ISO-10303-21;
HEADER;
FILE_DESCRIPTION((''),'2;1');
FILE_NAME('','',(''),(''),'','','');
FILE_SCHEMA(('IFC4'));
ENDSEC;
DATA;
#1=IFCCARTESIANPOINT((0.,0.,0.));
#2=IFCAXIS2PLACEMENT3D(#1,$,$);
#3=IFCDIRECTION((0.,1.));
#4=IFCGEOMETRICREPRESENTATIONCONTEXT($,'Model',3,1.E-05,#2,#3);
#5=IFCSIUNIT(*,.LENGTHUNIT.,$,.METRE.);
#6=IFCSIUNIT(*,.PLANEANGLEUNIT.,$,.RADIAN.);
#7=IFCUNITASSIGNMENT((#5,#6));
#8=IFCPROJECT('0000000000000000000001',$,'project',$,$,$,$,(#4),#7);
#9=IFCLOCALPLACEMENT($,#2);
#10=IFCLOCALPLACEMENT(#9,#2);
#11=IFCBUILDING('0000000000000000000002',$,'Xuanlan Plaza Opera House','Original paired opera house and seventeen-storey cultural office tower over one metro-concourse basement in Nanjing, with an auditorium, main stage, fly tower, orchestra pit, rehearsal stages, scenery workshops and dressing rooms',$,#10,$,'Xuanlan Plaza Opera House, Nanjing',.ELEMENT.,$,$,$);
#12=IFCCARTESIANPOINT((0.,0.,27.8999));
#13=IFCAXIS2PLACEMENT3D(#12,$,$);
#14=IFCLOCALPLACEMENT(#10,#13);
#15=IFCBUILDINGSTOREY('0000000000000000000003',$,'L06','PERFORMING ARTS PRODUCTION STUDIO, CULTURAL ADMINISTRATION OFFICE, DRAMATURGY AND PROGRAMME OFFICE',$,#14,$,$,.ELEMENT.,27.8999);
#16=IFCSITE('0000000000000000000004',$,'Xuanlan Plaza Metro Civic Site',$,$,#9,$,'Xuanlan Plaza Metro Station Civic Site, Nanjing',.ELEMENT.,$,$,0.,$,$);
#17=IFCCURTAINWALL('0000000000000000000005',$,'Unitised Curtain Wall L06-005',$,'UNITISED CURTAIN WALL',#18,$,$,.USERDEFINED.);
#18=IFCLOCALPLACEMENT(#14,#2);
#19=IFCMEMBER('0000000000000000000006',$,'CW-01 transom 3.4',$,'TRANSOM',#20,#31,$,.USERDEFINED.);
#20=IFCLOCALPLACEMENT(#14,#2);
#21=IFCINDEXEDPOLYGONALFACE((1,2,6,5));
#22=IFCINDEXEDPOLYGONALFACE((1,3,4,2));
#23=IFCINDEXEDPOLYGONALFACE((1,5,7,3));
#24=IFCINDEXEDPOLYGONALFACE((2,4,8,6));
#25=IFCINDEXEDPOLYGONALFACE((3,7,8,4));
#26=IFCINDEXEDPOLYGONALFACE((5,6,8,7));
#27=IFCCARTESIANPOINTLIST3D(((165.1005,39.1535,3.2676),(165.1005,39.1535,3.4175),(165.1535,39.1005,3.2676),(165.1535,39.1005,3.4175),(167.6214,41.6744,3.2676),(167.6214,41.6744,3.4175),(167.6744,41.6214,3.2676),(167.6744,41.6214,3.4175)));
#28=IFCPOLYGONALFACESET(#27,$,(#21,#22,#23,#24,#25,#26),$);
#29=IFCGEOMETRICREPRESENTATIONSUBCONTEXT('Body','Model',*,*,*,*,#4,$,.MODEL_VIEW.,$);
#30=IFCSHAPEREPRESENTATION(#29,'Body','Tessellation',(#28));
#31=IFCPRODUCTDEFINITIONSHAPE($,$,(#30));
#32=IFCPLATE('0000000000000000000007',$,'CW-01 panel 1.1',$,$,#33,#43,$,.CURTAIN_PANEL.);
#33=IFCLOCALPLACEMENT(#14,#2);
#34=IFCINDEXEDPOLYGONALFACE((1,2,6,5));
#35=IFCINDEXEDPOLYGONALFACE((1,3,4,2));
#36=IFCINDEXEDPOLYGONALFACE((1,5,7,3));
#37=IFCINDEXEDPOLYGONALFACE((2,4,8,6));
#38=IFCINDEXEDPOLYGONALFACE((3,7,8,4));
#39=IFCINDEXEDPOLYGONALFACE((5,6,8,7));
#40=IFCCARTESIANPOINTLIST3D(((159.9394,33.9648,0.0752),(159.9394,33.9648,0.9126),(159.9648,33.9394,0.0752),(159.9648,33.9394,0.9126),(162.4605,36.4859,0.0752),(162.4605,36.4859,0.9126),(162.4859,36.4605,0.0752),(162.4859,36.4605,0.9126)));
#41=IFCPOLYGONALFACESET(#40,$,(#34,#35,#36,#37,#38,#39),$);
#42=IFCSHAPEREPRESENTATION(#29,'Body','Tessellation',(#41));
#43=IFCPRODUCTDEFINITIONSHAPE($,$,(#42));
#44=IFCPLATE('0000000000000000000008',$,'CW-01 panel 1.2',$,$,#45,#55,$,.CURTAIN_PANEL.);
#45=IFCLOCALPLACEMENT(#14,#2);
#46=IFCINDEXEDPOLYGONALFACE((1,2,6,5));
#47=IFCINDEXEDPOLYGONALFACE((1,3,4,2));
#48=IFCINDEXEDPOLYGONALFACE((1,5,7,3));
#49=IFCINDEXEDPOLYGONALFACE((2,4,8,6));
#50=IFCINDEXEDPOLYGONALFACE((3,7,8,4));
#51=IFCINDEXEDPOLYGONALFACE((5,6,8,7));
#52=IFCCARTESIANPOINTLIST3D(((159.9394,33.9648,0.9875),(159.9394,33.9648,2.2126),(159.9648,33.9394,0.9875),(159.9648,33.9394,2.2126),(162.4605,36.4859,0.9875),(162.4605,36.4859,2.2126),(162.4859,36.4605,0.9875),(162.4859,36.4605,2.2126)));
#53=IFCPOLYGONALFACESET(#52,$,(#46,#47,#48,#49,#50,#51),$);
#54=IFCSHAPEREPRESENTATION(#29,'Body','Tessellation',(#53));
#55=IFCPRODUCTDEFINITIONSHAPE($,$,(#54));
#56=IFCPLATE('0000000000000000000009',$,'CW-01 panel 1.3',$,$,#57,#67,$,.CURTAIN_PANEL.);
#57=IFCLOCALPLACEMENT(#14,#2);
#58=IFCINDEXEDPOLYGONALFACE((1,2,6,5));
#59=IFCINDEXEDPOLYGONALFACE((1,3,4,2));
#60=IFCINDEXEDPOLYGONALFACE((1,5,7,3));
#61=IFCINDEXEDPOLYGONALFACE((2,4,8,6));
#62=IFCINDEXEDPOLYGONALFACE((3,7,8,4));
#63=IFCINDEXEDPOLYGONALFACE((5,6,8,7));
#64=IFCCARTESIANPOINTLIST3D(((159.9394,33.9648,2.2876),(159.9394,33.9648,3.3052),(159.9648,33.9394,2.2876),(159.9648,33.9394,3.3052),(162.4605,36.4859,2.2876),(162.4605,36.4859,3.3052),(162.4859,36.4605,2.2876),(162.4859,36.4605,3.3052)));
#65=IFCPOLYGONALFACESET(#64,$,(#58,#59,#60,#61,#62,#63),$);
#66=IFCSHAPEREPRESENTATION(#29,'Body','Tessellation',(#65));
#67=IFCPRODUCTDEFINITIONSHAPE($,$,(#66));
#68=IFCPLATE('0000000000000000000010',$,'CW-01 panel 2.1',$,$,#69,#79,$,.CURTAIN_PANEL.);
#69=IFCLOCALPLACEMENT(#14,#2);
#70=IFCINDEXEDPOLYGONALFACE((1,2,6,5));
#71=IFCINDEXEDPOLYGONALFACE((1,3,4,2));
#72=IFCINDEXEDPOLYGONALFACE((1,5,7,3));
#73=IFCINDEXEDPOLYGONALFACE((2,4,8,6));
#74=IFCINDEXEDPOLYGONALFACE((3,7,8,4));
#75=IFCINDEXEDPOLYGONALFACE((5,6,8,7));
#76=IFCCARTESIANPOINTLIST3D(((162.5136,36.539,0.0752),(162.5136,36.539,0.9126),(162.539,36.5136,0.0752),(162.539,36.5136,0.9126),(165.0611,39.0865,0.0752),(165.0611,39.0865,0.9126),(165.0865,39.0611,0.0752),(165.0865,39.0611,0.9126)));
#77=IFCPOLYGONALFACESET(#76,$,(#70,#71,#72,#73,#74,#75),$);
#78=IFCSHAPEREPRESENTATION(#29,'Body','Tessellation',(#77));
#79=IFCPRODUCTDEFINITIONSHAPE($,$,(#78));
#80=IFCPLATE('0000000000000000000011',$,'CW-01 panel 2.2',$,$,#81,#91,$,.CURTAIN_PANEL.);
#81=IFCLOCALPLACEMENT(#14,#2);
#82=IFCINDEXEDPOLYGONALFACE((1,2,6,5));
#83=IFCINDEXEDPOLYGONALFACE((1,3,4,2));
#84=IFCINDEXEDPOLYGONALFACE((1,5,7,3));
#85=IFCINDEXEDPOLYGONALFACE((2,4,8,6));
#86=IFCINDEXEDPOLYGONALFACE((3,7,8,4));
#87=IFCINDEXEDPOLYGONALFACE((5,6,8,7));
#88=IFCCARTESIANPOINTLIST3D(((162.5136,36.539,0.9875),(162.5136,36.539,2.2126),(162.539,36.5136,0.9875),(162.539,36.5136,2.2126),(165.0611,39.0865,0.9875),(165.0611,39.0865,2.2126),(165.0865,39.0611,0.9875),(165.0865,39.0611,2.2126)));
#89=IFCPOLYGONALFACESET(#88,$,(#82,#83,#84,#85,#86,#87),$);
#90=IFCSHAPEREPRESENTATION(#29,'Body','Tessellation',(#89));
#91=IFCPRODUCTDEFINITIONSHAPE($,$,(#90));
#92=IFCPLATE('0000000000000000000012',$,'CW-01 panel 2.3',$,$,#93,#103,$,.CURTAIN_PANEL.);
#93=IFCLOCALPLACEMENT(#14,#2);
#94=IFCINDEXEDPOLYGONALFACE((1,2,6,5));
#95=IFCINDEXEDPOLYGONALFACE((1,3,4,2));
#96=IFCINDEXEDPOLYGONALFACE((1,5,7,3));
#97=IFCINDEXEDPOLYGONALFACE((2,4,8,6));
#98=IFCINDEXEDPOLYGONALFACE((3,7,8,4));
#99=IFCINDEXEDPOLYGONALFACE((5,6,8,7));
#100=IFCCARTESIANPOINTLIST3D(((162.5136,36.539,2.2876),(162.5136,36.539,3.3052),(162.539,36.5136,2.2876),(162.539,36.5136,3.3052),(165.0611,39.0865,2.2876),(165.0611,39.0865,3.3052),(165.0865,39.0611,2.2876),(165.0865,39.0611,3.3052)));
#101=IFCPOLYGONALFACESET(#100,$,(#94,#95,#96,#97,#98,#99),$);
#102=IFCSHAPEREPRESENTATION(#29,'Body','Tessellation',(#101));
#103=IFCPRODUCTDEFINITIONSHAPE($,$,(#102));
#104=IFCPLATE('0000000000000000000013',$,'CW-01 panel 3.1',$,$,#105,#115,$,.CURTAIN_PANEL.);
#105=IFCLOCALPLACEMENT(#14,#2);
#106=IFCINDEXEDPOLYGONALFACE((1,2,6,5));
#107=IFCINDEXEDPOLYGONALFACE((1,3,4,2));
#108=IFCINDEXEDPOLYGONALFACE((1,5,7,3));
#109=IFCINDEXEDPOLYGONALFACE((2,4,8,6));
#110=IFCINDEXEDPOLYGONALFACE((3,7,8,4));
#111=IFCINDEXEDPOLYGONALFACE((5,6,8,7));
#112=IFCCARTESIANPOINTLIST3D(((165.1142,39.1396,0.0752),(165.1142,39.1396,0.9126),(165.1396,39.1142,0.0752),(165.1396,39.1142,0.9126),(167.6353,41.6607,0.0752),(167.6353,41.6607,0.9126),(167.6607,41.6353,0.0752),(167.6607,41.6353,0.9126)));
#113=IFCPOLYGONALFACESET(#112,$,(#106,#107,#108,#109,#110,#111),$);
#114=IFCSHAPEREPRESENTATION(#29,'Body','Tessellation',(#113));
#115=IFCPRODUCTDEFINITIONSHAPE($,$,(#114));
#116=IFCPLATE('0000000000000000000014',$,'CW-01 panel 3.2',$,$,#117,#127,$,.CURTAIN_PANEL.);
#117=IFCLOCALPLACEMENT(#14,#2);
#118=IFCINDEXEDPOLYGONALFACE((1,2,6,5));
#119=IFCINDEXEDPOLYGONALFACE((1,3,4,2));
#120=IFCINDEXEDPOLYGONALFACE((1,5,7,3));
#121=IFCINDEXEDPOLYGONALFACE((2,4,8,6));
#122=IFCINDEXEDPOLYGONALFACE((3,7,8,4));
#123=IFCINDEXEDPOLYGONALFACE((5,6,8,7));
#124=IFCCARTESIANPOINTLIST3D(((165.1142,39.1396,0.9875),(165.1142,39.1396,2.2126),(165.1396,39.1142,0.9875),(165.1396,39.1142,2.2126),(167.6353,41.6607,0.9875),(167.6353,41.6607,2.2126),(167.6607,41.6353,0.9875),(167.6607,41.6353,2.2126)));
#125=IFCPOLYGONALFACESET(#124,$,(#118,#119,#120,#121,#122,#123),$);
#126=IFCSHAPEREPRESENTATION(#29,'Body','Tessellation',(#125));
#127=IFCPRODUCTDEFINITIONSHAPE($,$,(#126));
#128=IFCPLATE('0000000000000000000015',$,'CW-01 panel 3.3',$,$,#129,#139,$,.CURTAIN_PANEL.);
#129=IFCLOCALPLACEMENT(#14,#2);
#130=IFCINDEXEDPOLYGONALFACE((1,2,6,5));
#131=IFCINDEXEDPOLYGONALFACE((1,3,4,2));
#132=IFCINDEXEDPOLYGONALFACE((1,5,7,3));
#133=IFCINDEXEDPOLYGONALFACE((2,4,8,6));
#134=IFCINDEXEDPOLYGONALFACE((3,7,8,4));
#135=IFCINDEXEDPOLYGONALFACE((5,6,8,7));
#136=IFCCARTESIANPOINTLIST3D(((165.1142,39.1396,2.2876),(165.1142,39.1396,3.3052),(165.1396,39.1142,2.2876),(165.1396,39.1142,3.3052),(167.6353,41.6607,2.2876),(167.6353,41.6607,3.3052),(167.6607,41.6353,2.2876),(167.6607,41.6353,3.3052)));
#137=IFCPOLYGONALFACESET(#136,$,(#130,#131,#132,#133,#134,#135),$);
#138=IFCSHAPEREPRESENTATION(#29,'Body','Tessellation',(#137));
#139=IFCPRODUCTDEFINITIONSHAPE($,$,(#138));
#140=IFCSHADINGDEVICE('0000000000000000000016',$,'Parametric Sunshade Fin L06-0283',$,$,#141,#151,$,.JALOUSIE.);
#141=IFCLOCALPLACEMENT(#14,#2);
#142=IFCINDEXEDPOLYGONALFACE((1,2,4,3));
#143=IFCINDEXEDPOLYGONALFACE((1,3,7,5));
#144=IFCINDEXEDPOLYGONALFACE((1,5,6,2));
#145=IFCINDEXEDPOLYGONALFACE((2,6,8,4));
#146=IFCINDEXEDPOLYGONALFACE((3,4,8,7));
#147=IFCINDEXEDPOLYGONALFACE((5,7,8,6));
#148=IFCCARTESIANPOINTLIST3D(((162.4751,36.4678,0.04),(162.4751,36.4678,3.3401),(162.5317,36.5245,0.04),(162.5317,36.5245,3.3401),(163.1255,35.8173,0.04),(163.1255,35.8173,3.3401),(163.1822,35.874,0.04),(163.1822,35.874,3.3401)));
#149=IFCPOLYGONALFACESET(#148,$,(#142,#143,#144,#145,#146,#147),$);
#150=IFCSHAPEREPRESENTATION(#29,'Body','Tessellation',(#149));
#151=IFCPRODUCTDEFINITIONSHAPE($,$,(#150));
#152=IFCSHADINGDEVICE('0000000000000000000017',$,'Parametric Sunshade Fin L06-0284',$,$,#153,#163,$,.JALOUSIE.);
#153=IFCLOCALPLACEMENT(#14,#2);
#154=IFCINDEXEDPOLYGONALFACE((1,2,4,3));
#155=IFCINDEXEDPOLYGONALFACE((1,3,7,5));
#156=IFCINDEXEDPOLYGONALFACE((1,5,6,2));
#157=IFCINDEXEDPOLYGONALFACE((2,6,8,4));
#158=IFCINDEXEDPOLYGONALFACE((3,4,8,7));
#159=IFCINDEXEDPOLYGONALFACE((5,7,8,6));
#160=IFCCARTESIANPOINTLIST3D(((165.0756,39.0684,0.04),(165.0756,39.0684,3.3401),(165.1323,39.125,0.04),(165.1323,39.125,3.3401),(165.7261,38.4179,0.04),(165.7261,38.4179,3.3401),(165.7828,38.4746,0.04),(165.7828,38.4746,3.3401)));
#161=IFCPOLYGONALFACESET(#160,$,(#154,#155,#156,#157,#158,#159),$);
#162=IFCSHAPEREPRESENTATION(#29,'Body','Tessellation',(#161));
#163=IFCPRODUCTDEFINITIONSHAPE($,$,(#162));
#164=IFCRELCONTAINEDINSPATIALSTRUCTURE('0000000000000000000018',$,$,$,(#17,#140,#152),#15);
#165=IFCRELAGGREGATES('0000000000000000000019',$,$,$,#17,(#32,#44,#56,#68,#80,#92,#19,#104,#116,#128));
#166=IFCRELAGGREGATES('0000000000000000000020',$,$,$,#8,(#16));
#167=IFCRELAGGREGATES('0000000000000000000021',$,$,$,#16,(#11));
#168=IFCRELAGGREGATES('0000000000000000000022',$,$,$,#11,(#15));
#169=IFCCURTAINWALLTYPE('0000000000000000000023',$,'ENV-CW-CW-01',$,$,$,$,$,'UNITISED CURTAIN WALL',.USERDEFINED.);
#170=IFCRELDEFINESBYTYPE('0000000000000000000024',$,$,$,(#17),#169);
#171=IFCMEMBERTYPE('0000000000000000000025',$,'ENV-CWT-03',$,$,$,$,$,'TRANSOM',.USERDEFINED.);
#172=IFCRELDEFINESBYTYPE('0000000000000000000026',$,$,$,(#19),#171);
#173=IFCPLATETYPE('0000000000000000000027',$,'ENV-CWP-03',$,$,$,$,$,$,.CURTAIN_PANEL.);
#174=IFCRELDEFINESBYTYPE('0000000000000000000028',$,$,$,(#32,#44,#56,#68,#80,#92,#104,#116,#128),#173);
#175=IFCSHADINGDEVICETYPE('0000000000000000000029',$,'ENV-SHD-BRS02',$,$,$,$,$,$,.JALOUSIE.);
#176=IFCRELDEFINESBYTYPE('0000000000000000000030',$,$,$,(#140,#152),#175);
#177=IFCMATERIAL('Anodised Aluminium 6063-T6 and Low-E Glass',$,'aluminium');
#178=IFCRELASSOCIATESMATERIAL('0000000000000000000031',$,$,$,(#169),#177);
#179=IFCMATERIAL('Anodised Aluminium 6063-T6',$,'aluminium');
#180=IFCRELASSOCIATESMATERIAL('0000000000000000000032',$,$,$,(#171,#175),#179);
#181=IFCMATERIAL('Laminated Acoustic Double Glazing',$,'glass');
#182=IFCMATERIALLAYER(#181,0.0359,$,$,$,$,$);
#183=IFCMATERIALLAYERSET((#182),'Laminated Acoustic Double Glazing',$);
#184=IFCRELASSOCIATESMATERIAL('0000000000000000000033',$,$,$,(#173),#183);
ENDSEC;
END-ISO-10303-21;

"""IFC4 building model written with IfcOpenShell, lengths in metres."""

from ifc_helpers import new_model, si_unit, direction, frame, origin, origin_2d, place, context, subcontext, project, spatial, rectangle, extrude, material, layer, layer_set, material_profile, profile_set, type_object, element, aggregate, save


model = new_model("IFC4")

# Units and contexts
model_context = context("Model", 3, precision=1e-05, world=origin(), true_north=direction((0.0, 1.0)))
body_context = subcontext(model_context, "Body", "Model", "MODEL_VIEW")
ifc_project = project(units=[si_unit("LENGTHUNIT", "METRE"), si_unit("PLANEANGLEUNIT", "RADIAN")], contexts=[model_context])

# Site, building, storey
site_placement = place(None, origin())
site = spatial("IfcSite", under=ifc_project, at=site_placement, Name="Xuanlan Plaza Metro Civic Site", LongName="Xuanlan Plaza Metro Station Civic Site, Nanjing", CompositionType="ELEMENT", RefElevation=0.0)
building_placement = place(site_placement, origin())
building = spatial("IfcBuilding", under=site, at=building_placement, Name="Xuanlan Plaza Opera House", Description="Original paired opera house and seventeen-storey cultural office tower over one metro-concourse basement in Nanjing, with an auditorium, main stage, fly tower, orchestra pit, rehearsal stages, scenery workshops and dressing rooms", LongName="Xuanlan Plaza Opera House, Nanjing", CompositionType="ELEMENT")
storey_placement = place(building_placement, frame((0.0, 0.0, 27.8999)))
storey = spatial("IfcBuildingStorey", under=building, at=storey_placement, Name="L06", Description="PERFORMING ARTS PRODUCTION STUDIO, CULTURAL ADMINISTRATION OFFICE, DRAMATURGY AND PROGRAMME OFFICE", CompositionType="ELEMENT", Elevation=27.8999)

# Curtain wall, member, plates
ifc_material_1 = material(Name="Anodised Aluminium 6063-T6 and Low-E Glass", Category="aluminium")
curtain_wall_type = type_object("IfcCurtainWallType", Name="ENV-CW-CW-01", ElementType="UNITISED CURTAIN WALL", PredefinedType="USERDEFINED", material=ifc_material_1)
curtain_wall_placement = place(storey_placement, origin())
curtain_wall = element("IfcCurtainWall", 1, at=curtain_wall_placement, inside=storey, type_object=curtain_wall_type, Name="Unitised Curtain Wall L06-005", ObjectType="UNITISED CURTAIN WALL", PredefinedType="USERDEFINED")
ifc_material_2 = material(Name="Anodised Aluminium 6063-T6", Category="aluminium")
ifc_material_profile_1 = material_profile(ifc_material_2, rectangle(XDim=0.075, YDim=0.1499, at=origin_2d()), Name="ALU-T 75x150")
ifc_profile_set_1 = profile_set([ifc_material_profile_1], Name="Anodised Aluminium 6063-T6")
member_type_1 = type_object("IfcMemberType", Name="ENV-CWT-03", ElementType="TRANSOM", PredefinedType="USERDEFINED", material=ifc_profile_set_1)
member_1_placement = place(storey_placement, frame((165.127, 39.127, 3.3425), z_axis=(0.707107, 0.707107, 0.0), x_axis=(-0.707107, 0.707107, 0.0)))
member_1 = element("IfcMember", 2, at=member_1_placement, type_object=member_type_1, Name="CW-01 transom 3.4", ObjectType="TRANSOM", PredefinedType="USERDEFINED", context=body_context, shape_type="SweptSolid", body=[
    extrude(rectangle(XDim=0.075, YDim=0.1499, at=origin_2d()), origin(), (0.0, 0.0, 1.0), 3.5652),
])
ifc_material_3 = material(Name="Laminated Acoustic Double Glazing", Category="glass")
ifc_layer = layer(ifc_material_3, 0.0359)
ifc_layer_set = layer_set([ifc_layer], Name="Laminated Acoustic Double Glazing")
plate_type = type_object("IfcPlateType", Name="ENV-CWP-03", PredefinedType="CURTAIN_PANEL", material=ifc_layer_set)
plate_1_placement = place(storey_placement, frame((161.2126, 35.2126, 0.0752), z_axis=(0.0, 0.0, 1.0), x_axis=(0.707107, 0.707107, 0.0)))
plate_1 = element("IfcPlate", 3, at=plate_1_placement, type_object=plate_type, Name="CW-01 panel 1.1", PredefinedType="CURTAIN_PANEL", context=body_context, shape_type="SweptSolid", body=[
    extrude(rectangle(XDim=3.5654, YDim=0.0359, at=origin_2d()), origin(), (0.0, 0.0, 1.0), 0.8374),
])
plate_2_placement = place(storey_placement, frame((161.2126, 35.2126, 0.9875), z_axis=(0.0, 0.0, 1.0), x_axis=(0.707107, 0.707107, 0.0)))
plate_2 = element("IfcPlate", 4, at=plate_2_placement, type_object=plate_type, Name="CW-01 panel 1.2", PredefinedType="CURTAIN_PANEL", context=body_context, shape_type="SweptSolid", body=[
    extrude(rectangle(XDim=3.5654, YDim=0.0359, at=origin_2d()), origin(), (0.0, 0.0, 1.0), 1.2251),
])
plate_3_placement = place(storey_placement, frame((161.2126, 35.2126, 2.2876), z_axis=(0.0, 0.0, 1.0), x_axis=(0.707107, 0.707107, 0.0)))
plate_3 = element("IfcPlate", 5, at=plate_3_placement, type_object=plate_type, Name="CW-01 panel 1.3", PredefinedType="CURTAIN_PANEL", context=body_context, shape_type="SweptSolid", body=[
    extrude(rectangle(XDim=3.5654, YDim=0.0359, at=origin_2d()), origin(), (0.0, 0.0, 1.0), 1.0176),
])
plate_4_placement = place(storey_placement, frame((163.8, 37.8, 0.0752), z_axis=(0.0, 0.0, 1.0), x_axis=(0.707107, 0.707107, 0.0)))
plate_4 = element("IfcPlate", 6, at=plate_4_placement, type_object=plate_type, Name="CW-01 panel 2.1", PredefinedType="CURTAIN_PANEL", context=body_context, shape_type="SweptSolid", body=[
    extrude(rectangle(XDim=3.6028, YDim=0.0359, at=origin_2d()), origin(), (0.0, 0.0, 1.0), 0.8374),
])
plate_5_placement = place(storey_placement, frame((163.8, 37.8, 0.9875), z_axis=(0.0, 0.0, 1.0), x_axis=(0.707107, 0.707107, 0.0)))
plate_5 = element("IfcPlate", 7, at=plate_5_placement, type_object=plate_type, Name="CW-01 panel 2.2", PredefinedType="CURTAIN_PANEL", context=body_context, shape_type="SweptSolid", body=[
    extrude(rectangle(XDim=3.6028, YDim=0.0359, at=origin_2d()), origin(), (0.0, 0.0, 1.0), 1.2251),
])
plate_6_placement = place(storey_placement, frame((163.8, 37.8, 2.2876), z_axis=(0.0, 0.0, 1.0), x_axis=(0.707107, 0.707107, 0.0)))
plate_6 = element("IfcPlate", 8, at=plate_6_placement, type_object=plate_type, Name="CW-01 panel 2.3", PredefinedType="CURTAIN_PANEL", context=body_context, shape_type="SweptSolid", body=[
    extrude(rectangle(XDim=3.6028, YDim=0.0359, at=origin_2d()), origin(), (0.0, 0.0, 1.0), 1.0176),
])
plate_7_placement = place(storey_placement, frame((166.3875, 40.3875, 0.0752), z_axis=(0.0, 0.0, 1.0), x_axis=(0.707107, 0.707107, 0.0)))
plate_7 = element("IfcPlate", 9, at=plate_7_placement, type_object=plate_type, Name="CW-01 panel 3.1", PredefinedType="CURTAIN_PANEL", context=body_context, shape_type="SweptSolid", body=[
    extrude(rectangle(XDim=3.5654, YDim=0.0359, at=origin_2d()), origin(), (0.0, 0.0, 1.0), 0.8374),
])
plate_8_placement = place(storey_placement, frame((166.3875, 40.3875, 0.9875), z_axis=(0.0, 0.0, 1.0), x_axis=(0.707107, 0.707107, 0.0)))
plate_8 = element("IfcPlate", 10, at=plate_8_placement, type_object=plate_type, Name="CW-01 panel 3.2", PredefinedType="CURTAIN_PANEL", context=body_context, shape_type="SweptSolid", body=[
    extrude(rectangle(XDim=3.5654, YDim=0.0359, at=origin_2d()), origin(), (0.0, 0.0, 1.0), 1.2251),
])
plate_9_placement = place(storey_placement, frame((166.3875, 40.3875, 2.2876), z_axis=(0.0, 0.0, 1.0), x_axis=(0.707107, 0.707107, 0.0)))
plate_9 = element("IfcPlate", 11, at=plate_9_placement, type_object=plate_type, Name="CW-01 panel 3.3", PredefinedType="CURTAIN_PANEL", context=body_context, shape_type="SweptSolid", body=[
    extrude(rectangle(XDim=3.5654, YDim=0.0359, at=origin_2d()), origin(), (0.0, 0.0, 1.0), 1.0176),
])
aggregate(curtain_wall, [plate_1, plate_2, plate_3, plate_4, plate_5, plate_6, member_1, plate_7, plate_8, plate_9])

# Shading devices
shading_device_type = type_object("IfcShadingDeviceType", Name="ENV-SHD-BRS02", PredefinedType="JALOUSIE", material=ifc_material_2)
for number, where, z_axis, x_axis, name in (
    (12, (162.8286, 36.1709, 0.04), (0.0, 0.0, 1.0), (0.707107, -0.707107, 0.0), "Parametric Sunshade Fin L06-0283"),
    (13, (165.4292, 38.7715, 0.04), (0.0, 0.0, 1.0), (0.707107, -0.707107, 0.0), "Parametric Sunshade Fin L06-0284"),
):
    element("IfcShadingDevice", number, at=place(storey_placement, frame(where, z_axis=z_axis, x_axis=x_axis)), inside=storey, type_object=shading_device_type, Name=name, PredefinedType="JALOUSIE", context=body_context, shape_type="SweptSolid", body=[
        extrude(rectangle(XDim=0.9199, YDim=0.0801, at=origin_2d()), origin(), (0.0, 0.0, 1.0), 3.3),
    ])

save(model, "model.ifc")
